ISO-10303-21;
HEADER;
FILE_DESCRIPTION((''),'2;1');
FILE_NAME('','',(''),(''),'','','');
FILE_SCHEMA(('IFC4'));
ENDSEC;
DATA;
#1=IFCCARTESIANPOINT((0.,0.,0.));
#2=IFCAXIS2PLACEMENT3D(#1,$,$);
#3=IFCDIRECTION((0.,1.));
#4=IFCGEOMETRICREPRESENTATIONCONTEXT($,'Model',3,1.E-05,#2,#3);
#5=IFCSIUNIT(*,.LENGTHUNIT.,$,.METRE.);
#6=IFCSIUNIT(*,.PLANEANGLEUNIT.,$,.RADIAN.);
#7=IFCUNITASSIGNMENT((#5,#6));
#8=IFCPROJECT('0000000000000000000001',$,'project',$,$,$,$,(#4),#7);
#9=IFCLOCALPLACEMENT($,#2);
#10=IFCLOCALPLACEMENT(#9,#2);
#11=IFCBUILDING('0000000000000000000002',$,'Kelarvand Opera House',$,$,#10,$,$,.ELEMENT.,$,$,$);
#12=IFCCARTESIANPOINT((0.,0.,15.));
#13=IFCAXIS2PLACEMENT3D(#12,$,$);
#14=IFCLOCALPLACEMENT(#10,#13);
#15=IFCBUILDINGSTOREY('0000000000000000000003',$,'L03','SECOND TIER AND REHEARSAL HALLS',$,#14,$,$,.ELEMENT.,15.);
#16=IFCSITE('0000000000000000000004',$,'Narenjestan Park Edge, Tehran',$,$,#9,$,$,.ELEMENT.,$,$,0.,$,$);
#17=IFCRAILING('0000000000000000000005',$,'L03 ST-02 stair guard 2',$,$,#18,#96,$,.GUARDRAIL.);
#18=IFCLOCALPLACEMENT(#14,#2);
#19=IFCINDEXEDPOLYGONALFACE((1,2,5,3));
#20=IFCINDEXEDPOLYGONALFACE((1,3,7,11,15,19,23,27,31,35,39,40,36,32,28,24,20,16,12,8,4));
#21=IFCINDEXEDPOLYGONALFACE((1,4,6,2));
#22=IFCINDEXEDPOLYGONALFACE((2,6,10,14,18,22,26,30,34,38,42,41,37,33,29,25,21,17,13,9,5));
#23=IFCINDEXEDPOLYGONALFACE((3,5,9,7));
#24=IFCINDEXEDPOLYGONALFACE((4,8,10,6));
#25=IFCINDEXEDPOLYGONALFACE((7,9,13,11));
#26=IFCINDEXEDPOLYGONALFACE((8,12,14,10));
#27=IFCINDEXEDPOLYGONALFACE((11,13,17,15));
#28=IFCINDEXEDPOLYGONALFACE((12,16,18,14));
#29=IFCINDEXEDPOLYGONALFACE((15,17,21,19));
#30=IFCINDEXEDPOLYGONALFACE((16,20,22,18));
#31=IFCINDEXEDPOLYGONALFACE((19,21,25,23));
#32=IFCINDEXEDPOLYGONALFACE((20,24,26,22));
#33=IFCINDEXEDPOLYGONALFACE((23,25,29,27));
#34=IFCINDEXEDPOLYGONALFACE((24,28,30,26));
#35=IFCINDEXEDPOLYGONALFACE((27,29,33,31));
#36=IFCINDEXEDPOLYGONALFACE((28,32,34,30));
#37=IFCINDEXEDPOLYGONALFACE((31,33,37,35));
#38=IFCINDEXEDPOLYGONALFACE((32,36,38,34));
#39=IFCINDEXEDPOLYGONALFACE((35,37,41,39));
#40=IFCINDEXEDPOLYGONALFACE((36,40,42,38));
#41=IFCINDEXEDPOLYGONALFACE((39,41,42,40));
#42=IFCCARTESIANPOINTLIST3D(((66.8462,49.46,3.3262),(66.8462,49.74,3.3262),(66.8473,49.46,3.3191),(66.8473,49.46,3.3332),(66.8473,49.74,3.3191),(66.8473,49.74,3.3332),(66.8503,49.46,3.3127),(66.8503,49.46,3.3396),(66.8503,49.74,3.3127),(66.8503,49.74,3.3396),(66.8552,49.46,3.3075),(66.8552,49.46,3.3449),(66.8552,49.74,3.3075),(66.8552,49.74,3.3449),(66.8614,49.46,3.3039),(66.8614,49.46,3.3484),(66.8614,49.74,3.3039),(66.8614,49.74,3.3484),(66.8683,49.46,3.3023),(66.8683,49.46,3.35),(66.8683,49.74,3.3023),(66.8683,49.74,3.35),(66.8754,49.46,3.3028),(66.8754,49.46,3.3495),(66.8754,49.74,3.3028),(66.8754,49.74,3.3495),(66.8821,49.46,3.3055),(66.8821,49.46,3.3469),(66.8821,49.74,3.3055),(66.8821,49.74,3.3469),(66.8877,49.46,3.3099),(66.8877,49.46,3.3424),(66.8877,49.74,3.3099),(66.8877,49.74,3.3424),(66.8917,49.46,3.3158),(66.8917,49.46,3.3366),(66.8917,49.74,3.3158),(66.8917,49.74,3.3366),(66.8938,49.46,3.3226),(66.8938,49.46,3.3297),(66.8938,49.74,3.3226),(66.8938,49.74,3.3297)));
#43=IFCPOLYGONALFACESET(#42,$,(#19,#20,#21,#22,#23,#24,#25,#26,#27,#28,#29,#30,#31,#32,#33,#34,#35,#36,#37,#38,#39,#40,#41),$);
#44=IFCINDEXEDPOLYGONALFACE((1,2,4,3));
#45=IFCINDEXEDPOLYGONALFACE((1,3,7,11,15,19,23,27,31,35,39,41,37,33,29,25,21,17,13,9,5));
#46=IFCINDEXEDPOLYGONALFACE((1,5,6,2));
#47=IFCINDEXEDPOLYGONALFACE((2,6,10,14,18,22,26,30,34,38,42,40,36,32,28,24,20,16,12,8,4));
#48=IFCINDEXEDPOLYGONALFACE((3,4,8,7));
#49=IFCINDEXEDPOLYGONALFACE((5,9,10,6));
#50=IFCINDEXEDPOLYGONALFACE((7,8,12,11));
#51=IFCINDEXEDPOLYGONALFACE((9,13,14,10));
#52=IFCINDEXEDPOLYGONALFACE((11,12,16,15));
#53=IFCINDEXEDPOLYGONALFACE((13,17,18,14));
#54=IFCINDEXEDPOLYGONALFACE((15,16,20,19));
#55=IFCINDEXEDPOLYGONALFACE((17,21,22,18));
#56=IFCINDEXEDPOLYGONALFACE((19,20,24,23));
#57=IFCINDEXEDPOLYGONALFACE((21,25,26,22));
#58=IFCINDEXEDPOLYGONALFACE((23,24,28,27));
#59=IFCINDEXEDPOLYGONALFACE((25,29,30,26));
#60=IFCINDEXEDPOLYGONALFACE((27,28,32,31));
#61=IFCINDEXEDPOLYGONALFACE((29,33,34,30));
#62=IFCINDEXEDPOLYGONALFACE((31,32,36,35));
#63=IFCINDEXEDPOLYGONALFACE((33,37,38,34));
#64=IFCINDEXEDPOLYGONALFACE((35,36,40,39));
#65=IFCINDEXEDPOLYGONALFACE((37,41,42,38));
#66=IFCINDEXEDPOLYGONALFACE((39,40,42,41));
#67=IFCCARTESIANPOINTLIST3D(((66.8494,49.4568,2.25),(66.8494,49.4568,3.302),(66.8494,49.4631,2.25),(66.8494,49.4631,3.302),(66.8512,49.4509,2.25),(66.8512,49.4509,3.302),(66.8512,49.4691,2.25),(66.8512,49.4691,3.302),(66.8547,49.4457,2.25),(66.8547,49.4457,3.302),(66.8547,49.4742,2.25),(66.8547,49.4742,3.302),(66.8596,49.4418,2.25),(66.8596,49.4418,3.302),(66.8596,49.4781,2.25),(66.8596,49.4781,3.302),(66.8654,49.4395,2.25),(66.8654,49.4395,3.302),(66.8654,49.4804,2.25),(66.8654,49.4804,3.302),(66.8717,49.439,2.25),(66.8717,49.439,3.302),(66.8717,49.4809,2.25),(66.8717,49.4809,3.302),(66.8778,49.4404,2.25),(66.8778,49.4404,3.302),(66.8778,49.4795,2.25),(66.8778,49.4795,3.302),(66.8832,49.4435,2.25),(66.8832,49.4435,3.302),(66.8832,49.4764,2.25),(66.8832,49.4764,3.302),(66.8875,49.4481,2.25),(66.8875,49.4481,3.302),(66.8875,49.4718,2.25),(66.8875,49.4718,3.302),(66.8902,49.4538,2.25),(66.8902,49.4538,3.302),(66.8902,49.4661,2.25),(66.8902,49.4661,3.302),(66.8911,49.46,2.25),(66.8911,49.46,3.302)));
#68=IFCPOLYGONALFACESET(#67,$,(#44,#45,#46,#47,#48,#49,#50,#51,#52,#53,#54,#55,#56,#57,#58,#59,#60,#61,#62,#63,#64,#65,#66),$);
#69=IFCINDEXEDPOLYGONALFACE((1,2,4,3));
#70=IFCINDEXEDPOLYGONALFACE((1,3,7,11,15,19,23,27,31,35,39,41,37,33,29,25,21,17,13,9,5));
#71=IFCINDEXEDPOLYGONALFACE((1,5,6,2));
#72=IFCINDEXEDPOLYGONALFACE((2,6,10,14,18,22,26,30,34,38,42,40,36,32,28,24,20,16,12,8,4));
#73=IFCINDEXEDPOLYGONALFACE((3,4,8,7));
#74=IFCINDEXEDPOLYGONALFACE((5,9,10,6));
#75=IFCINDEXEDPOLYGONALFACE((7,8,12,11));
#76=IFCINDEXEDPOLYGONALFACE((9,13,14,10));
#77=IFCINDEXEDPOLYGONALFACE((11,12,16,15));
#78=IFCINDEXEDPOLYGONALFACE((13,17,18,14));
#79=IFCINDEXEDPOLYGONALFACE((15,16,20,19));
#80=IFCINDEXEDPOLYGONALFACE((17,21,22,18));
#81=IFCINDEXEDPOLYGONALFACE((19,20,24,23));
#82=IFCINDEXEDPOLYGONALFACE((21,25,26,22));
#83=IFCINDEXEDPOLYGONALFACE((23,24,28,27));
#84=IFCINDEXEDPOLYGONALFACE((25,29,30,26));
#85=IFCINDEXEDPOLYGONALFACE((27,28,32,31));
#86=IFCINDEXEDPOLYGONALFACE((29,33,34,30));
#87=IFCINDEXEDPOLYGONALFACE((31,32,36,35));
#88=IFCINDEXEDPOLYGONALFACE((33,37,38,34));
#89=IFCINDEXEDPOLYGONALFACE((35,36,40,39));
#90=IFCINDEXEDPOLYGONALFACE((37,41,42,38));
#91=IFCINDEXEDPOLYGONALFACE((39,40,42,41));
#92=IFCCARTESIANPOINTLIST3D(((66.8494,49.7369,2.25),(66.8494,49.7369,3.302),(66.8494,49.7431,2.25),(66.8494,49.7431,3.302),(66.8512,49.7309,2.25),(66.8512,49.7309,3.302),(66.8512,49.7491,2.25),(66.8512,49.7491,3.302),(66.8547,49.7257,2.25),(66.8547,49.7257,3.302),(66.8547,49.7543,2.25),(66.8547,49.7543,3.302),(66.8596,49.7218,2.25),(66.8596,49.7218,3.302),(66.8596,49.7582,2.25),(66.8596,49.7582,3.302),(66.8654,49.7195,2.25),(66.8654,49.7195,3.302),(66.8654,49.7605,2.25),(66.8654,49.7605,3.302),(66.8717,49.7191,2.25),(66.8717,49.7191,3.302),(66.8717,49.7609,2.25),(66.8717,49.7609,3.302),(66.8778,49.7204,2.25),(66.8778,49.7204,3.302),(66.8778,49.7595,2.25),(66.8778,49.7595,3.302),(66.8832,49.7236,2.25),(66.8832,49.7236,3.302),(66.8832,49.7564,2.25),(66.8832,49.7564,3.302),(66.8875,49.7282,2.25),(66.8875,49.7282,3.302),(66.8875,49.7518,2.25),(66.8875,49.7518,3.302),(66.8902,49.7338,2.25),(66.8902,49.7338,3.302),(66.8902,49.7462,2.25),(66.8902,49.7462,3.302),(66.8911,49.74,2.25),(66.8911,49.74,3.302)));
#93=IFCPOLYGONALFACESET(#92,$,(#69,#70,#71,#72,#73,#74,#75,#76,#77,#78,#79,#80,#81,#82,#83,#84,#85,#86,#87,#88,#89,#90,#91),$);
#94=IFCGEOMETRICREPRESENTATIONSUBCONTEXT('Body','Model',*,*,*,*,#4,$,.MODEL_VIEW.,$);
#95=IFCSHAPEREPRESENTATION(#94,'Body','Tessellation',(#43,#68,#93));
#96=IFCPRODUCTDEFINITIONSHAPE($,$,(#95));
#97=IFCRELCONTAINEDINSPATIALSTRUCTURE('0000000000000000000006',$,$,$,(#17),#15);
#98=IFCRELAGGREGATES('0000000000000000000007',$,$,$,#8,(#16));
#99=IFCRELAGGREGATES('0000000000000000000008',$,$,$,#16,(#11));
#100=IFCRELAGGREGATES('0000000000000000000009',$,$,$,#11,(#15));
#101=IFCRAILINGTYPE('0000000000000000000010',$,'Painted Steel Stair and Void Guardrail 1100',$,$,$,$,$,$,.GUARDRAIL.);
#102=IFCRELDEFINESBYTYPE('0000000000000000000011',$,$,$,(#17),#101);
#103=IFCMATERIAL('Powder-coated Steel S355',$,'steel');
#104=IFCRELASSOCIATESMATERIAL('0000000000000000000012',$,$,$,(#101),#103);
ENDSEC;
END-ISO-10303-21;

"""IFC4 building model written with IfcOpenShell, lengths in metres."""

from ifc_helpers import new_model, si_unit, direction, frame, origin, origin_2d, place, context, subcontext, project, spatial, circle, extrude, material, type_object, element, save


model = new_model("IFC4")

# Units and contexts
model_context = context("Model", 3, precision=1e-05, world=origin(), true_north=direction((0.0, 1.0)))
body_context = subcontext(model_context, "Body", "Model", "MODEL_VIEW")
ifc_project = project(units=[si_unit("LENGTHUNIT", "METRE"), si_unit("PLANEANGLEUNIT", "RADIAN")], contexts=[model_context])

# Site, building, storey
site_placement = place(None, origin())
site = spatial("IfcSite", under=ifc_project, at=site_placement, Name="Narenjestan Park Edge, Tehran", CompositionType="ELEMENT", RefElevation=0.0)
building_placement = place(site_placement, origin())
building = spatial("IfcBuilding", under=site, at=building_placement, Name="Kelarvand Opera House", CompositionType="ELEMENT")
storey_placement = place(building_placement, frame((0.0, 0.0, 15.0)))
storey = spatial("IfcBuildingStorey", under=building, at=storey_placement, Name="L03", Description="SECOND TIER AND REHEARSAL HALLS", CompositionType="ELEMENT", Elevation=15.0)

# Railing
ifc_material_1 = material(Name="Powder-coated Steel S355", Category="steel")
railing_type_1 = type_object("IfcRailingType", Name="Painted Steel Stair and Void Guardrail 1100", PredefinedType="GUARDRAIL", material=ifc_material_1)
railing_1_placement = place(storey_placement, frame((66.8701, 49.46, 2.25)))
element("IfcRailing", 1, at=railing_1_placement, inside=storey, type_object=railing_type_1, Name="L03 ST-02 stair guard 2", PredefinedType="GUARDRAIL", context=body_context, shape_type="SweptSolid", body=[
    extrude(circle(Radius=0.0239, at=origin_2d()), frame((0.0, 0.0, 1.0762), z_axis=(0.0, 1.0, 0.0), x_axis=(-1.0, 0.0, 0.0)), (0.0, 0.0, 1.0), 0.28),
    extrude(circle(Radius=0.021, at=origin_2d()), origin(), (0.0, 0.0, 1.0), 1.052),
    extrude(circle(Radius=0.021, at=origin_2d()), frame((0.0, 0.28, 0.0)), (0.0, 0.0, 1.0), 1.052),
])

save(model, "model.ifc")
